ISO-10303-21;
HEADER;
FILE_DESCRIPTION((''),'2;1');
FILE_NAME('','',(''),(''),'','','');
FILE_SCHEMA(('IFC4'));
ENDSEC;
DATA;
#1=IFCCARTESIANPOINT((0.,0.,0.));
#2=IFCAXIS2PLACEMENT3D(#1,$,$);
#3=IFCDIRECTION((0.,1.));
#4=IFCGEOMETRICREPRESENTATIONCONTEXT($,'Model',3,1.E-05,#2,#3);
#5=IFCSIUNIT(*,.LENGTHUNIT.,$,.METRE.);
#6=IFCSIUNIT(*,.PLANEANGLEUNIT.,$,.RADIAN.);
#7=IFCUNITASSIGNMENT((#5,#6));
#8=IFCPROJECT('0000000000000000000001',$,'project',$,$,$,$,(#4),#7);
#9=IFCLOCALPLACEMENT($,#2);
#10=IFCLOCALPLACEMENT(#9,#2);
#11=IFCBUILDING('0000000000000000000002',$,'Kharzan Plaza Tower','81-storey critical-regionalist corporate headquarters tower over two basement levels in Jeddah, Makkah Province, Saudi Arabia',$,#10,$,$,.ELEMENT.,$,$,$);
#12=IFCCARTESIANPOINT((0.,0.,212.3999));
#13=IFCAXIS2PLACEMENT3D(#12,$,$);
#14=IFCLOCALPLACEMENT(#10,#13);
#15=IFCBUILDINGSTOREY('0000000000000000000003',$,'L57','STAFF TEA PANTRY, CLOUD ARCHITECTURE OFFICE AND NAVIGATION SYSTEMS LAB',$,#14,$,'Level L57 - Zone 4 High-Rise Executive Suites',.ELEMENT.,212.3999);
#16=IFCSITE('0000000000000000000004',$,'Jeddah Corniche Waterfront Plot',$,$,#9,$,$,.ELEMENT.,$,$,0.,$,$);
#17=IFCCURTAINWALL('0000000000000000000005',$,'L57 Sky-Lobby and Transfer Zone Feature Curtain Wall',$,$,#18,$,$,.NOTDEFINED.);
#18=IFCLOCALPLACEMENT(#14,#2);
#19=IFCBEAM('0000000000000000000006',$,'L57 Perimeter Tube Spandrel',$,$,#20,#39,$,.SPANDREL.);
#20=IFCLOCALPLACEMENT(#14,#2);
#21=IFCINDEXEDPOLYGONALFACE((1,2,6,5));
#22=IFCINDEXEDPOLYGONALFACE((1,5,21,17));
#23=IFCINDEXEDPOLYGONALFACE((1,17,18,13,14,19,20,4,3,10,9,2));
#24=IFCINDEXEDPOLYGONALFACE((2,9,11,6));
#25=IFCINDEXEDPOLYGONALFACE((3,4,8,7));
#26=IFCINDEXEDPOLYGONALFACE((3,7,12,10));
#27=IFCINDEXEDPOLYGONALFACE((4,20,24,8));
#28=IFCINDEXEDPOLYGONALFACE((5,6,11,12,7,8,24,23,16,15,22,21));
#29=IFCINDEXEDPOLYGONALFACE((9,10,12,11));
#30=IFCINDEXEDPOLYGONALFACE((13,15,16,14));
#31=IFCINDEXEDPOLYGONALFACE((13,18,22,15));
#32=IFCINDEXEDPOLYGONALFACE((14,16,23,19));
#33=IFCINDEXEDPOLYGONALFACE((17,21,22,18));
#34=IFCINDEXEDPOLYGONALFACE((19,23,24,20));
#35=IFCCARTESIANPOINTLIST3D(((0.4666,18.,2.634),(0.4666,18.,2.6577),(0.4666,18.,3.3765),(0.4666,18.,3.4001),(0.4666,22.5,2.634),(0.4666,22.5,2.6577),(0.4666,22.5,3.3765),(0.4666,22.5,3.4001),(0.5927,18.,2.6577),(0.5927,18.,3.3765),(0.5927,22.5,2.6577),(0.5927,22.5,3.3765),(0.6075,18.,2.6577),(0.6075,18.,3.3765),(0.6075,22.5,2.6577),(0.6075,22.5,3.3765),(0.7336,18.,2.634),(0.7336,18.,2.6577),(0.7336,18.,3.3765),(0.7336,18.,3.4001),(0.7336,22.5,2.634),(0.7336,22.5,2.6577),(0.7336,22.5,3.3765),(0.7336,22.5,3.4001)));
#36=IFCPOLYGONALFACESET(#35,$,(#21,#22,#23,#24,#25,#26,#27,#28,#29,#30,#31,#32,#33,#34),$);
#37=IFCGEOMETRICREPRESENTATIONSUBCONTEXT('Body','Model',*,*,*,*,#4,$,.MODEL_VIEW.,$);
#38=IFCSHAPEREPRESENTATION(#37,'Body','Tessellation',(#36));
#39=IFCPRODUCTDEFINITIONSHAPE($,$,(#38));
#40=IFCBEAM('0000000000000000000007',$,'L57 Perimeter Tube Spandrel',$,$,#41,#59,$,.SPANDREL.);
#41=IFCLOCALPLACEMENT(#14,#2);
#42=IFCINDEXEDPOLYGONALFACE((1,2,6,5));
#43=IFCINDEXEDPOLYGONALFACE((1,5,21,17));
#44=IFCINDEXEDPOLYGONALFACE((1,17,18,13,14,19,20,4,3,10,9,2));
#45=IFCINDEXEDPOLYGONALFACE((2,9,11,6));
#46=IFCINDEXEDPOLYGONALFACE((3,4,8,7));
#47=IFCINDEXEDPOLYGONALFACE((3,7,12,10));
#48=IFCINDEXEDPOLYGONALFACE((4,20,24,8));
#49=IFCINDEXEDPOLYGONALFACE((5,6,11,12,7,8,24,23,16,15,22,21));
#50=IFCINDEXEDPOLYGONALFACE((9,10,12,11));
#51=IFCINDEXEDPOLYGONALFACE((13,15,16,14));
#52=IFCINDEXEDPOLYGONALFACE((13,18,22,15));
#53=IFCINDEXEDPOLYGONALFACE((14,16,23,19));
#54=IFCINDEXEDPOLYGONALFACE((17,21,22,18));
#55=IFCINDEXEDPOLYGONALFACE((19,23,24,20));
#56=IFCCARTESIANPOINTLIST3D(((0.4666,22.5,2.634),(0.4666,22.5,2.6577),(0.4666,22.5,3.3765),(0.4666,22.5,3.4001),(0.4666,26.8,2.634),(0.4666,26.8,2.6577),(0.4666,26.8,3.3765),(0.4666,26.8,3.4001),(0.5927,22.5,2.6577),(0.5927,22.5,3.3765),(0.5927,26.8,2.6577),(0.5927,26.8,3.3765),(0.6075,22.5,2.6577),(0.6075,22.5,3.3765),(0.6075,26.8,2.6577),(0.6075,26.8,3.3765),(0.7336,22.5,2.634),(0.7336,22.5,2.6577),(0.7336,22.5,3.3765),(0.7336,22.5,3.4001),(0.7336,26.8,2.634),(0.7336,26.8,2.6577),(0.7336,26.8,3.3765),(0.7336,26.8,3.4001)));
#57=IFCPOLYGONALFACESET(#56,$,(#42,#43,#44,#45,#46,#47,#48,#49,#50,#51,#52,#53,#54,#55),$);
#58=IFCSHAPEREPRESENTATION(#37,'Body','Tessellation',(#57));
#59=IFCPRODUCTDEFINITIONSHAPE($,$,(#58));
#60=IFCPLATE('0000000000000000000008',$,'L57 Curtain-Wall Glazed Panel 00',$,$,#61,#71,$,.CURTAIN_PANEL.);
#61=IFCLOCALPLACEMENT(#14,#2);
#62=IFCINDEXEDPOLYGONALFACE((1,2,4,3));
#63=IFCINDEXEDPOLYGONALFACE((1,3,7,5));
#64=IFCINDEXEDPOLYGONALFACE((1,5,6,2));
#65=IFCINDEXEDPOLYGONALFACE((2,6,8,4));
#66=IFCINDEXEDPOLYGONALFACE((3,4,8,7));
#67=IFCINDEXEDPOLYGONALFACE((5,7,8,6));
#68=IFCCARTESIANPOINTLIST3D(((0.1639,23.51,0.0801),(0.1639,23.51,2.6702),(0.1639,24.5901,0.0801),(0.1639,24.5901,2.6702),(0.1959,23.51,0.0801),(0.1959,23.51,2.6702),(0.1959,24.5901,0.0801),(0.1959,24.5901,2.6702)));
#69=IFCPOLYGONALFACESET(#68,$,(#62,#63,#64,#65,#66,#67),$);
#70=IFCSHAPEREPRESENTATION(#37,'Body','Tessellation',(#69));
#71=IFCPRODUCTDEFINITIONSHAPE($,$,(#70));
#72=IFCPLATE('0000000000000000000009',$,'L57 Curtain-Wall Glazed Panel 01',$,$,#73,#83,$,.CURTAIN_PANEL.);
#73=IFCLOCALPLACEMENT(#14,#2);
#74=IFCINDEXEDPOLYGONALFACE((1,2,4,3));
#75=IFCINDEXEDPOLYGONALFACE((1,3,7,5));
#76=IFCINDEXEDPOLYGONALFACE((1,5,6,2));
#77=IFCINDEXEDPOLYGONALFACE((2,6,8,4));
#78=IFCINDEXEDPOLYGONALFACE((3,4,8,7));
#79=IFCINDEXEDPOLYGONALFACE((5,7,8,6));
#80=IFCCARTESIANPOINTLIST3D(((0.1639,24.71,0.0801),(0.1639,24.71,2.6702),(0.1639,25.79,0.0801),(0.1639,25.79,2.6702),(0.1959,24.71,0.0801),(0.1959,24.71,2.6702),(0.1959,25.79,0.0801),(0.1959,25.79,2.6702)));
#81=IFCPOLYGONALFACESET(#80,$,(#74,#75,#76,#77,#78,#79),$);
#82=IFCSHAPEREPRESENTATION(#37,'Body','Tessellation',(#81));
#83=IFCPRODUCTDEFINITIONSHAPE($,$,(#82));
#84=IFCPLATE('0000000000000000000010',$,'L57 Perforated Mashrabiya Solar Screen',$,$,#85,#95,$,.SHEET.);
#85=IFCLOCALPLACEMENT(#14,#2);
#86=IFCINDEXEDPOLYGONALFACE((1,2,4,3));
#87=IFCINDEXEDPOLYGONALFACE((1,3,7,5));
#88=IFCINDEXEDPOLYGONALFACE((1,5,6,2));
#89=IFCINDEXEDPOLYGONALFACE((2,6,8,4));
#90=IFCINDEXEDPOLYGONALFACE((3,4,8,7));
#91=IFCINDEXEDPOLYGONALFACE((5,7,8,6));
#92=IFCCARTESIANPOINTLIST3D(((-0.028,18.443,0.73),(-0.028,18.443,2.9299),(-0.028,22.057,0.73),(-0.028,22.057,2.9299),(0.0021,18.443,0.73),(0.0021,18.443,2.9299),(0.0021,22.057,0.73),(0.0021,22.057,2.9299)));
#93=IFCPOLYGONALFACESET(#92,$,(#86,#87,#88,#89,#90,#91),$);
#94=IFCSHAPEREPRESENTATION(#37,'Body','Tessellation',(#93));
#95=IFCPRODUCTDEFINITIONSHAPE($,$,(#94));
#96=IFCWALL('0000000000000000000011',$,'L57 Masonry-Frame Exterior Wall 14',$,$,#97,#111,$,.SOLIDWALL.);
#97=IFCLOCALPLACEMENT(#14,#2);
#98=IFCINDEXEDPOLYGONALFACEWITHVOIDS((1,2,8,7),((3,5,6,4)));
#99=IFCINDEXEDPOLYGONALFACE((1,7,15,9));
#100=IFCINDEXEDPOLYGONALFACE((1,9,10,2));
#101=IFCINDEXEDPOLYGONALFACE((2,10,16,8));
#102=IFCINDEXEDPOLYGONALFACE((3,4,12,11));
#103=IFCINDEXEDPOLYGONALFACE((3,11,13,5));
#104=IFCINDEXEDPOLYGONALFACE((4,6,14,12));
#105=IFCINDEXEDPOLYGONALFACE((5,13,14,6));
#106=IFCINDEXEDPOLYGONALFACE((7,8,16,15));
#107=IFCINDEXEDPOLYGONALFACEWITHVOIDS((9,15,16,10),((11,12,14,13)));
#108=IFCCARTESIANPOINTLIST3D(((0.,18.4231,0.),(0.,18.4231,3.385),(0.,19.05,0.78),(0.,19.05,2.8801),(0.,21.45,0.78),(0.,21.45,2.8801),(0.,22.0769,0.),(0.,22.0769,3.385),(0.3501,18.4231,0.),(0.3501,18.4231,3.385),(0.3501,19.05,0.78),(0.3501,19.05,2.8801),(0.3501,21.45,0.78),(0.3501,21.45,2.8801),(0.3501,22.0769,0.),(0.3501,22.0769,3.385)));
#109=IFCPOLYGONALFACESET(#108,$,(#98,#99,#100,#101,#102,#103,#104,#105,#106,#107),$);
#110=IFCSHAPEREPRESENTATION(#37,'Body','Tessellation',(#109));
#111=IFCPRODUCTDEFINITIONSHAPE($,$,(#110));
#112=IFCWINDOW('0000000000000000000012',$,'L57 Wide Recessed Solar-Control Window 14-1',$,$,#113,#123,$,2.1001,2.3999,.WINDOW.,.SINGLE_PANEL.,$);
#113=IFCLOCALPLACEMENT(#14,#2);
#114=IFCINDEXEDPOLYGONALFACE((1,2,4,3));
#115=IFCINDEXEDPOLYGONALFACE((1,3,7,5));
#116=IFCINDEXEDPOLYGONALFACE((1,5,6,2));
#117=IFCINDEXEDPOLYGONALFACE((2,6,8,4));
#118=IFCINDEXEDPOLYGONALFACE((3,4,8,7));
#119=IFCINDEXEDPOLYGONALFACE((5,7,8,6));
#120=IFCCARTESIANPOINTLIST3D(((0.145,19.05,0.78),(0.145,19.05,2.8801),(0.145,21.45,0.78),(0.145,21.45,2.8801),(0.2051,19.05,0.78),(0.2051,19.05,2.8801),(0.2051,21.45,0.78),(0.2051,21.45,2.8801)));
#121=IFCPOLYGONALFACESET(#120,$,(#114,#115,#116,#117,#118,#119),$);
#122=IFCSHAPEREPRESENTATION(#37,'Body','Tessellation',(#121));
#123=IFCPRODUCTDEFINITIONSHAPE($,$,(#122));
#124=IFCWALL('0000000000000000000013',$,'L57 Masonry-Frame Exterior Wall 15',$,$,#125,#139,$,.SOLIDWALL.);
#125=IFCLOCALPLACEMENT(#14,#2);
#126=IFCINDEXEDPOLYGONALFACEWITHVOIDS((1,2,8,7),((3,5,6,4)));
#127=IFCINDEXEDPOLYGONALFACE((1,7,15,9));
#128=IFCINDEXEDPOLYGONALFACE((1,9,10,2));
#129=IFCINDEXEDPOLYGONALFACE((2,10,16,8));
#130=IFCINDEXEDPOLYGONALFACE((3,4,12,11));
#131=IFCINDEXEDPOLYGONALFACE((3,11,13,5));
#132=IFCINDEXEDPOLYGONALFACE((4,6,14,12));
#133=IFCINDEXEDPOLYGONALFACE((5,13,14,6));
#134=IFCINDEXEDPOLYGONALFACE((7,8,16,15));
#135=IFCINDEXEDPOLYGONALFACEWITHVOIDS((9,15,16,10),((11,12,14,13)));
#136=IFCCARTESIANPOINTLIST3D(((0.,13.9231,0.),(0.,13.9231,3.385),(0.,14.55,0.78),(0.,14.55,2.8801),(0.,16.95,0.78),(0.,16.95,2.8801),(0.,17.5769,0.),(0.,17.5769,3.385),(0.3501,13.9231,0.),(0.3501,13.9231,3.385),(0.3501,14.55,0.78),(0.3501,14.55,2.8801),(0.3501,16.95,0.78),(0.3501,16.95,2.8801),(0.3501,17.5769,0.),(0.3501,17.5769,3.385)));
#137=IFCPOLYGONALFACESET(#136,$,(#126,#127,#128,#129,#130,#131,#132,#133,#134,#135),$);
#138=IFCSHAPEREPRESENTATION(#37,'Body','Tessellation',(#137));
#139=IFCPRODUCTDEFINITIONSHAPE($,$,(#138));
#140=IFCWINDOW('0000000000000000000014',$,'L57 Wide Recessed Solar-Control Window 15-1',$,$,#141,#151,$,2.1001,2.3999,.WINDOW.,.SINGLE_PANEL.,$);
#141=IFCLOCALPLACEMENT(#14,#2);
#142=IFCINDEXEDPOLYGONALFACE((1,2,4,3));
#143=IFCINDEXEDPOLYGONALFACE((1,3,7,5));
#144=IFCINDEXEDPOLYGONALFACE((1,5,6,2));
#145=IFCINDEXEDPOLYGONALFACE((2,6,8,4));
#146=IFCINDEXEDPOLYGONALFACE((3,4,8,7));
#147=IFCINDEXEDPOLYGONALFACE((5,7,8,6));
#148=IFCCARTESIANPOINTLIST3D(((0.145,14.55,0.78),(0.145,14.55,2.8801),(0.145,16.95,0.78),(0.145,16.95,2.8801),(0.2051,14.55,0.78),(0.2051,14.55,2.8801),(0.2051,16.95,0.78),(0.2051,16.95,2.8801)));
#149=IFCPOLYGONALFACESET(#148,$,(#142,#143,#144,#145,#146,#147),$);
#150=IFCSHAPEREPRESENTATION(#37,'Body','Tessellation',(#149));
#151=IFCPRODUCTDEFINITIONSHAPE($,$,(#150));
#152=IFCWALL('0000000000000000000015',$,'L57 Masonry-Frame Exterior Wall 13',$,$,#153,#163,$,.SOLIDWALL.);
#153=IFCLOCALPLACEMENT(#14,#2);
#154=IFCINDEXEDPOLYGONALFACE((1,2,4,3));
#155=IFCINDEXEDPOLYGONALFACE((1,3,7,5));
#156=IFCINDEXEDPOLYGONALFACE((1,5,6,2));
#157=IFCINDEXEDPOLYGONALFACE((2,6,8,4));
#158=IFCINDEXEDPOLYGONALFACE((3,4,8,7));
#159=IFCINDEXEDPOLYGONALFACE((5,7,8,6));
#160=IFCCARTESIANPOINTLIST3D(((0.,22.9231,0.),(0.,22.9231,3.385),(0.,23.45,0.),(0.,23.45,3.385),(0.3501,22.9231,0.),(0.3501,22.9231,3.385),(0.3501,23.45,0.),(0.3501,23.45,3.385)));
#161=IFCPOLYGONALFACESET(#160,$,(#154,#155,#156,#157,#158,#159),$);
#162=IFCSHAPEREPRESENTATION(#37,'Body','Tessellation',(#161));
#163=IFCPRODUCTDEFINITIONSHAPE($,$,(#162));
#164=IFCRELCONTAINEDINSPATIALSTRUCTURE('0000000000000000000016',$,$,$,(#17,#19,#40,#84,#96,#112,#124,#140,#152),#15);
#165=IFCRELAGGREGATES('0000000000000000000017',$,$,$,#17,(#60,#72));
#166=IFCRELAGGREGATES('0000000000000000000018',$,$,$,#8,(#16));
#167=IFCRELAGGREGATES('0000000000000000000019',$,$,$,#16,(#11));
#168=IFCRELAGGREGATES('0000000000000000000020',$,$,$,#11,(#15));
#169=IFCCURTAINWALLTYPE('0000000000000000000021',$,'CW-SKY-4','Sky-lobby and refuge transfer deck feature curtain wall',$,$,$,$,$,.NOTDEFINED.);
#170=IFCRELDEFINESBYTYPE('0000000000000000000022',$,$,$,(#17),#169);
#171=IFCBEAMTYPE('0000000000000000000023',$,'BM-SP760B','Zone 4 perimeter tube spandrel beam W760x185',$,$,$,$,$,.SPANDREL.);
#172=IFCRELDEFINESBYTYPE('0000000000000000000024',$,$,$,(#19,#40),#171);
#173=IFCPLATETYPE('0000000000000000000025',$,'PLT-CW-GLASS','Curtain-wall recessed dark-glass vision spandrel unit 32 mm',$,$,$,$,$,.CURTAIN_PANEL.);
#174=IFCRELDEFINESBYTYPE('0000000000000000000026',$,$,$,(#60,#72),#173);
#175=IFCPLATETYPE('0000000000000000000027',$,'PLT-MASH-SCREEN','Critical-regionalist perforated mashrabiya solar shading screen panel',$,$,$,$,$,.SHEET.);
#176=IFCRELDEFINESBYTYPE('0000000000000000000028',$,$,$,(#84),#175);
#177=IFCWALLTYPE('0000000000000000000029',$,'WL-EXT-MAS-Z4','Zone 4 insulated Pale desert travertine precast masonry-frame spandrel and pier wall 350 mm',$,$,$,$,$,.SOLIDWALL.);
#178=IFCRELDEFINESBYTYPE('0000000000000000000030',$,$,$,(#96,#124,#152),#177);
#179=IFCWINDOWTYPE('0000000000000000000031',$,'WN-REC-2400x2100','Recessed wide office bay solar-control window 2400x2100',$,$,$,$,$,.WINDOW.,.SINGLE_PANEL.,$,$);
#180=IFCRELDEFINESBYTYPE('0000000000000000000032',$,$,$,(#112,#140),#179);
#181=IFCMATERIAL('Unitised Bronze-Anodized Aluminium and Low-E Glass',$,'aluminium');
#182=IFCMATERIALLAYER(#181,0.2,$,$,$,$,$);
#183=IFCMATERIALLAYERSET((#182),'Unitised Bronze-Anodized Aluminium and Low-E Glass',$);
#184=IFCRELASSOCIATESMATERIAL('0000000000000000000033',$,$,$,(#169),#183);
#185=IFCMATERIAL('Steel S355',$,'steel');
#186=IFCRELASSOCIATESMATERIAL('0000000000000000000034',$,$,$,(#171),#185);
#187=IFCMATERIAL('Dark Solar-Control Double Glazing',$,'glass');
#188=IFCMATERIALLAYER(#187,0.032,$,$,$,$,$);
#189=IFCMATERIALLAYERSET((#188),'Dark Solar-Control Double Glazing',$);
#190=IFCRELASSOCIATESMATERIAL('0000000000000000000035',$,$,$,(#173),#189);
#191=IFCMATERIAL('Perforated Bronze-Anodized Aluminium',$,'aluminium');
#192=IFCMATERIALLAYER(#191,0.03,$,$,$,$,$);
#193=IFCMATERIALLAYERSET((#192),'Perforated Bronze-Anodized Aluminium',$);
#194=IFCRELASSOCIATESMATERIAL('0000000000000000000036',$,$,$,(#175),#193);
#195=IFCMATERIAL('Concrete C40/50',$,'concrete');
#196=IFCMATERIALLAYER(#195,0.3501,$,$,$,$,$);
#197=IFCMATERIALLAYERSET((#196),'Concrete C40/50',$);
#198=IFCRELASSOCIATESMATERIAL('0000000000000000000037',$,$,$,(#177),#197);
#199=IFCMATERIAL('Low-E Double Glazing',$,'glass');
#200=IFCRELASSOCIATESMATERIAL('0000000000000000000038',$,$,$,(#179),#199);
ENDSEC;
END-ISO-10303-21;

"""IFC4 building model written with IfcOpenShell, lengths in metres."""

from ifc_helpers import new_model, si_unit, direction, frame, frame_2d, origin, origin_2d, place, context, subcontext, project, spatial, rectangle, i_section, extrude, source, transform, mapped, material, layer, layer_set, material_profile, profile_set, type_object, element, fill, aggregate, save


model = new_model("IFC4")

# Units and contexts
model_context = context("Model", 3, precision=1e-05, world=origin(), true_north=direction((0.0, 1.0)))
body_context = subcontext(model_context, "Body", "Model", "MODEL_VIEW")
ifc_project = project(units=[si_unit("LENGTHUNIT", "METRE"), si_unit("PLANEANGLEUNIT", "RADIAN")], contexts=[model_context])

# Site, building, storey
site_placement = place(None, origin())
site = spatial("IfcSite", under=ifc_project, at=site_placement, Name="Jeddah Corniche Waterfront Plot", CompositionType="ELEMENT", RefElevation=0.0)
building_placement = place(site_placement, origin())
building = spatial("IfcBuilding", under=site, at=building_placement, Name="Kharzan Plaza Tower", Description="81-storey critical-regionalist corporate headquarters tower over two basement levels in Jeddah, Makkah Province, Saudi Arabia", CompositionType="ELEMENT")
storey_placement = place(building_placement, frame((0.0, 0.0, 212.3999)))
storey = spatial("IfcBuildingStorey", under=building, at=storey_placement, Name="L57", Description="STAFF TEA PANTRY, CLOUD ARCHITECTURE OFFICE AND NAVIGATION SYSTEMS LAB", LongName="Level L57 - Zone 4 High-Rise Executive Suites", CompositionType="ELEMENT", Elevation=212.3999)

# Shared definitions
ifc_material_1 = material(Name="Steel S355", Category="steel")

# Curtain wall
ifc_material_2 = material(Name="Unitised Bronze-Anodized Aluminium and Low-E Glass", Category="aluminium")
ifc_layer_1 = layer(ifc_material_2, 0.2)
ifc_layer_set_1 = layer_set([ifc_layer_1], Name="Unitised Bronze-Anodized Aluminium and Low-E Glass")
curtain_wall_type = type_object("IfcCurtainWallType", Name="CW-SKY-4", Description="Sky-lobby and refuge transfer deck feature curtain wall", PredefinedType="NOTDEFINED", material=ifc_layer_set_1)
curtain_wall_placement = place(storey_placement, origin())
curtain_wall = element("IfcCurtainWall", 1, at=curtain_wall_placement, inside=storey, type_object=curtain_wall_type, Name="L57 Sky-Lobby and Transfer Zone Feature Curtain Wall", PredefinedType="NOTDEFINED")

# Beams
ifc_material_profile_1 = material_profile(ifc_material_1, i_section(OverallWidth=0.2671, OverallDepth=0.7661, WebThickness=0.0149, FlangeThickness=0.0237, at=origin_2d()), Name="W760x185")
ifc_profile_set_1 = profile_set([ifc_material_profile_1], Name="Steel S355")
beam_type_1 = type_object("IfcBeamType", Name="BM-SP760B", Description="Zone 4 perimeter tube spandrel beam W760x185", PredefinedType="SPANDREL", material=ifc_profile_set_1)
shared_shape_1 = source(origin(), body_context, "Body", "SweptSolid", [
    extrude(i_section(OverallWidth=0.2671, OverallDepth=0.7661, WebThickness=0.0149, FlangeThickness=0.0237, at=origin_2d()), origin(), (0.0, 0.0, 1.0), 4.5),
])
beam_1_placement = place(storey_placement, frame((0.6001, 18.0, 3.0171), z_axis=(0.0, 1.0, 0.0), x_axis=(-1.0, 0.0, 0.0)))
element("IfcBeam", 2, at=beam_1_placement, inside=storey, type_object=beam_type_1, Name="L57 Perimeter Tube Spandrel", PredefinedType="SPANDREL", context=body_context, shape_type="MappedRepresentation", body=[
    mapped(shared_shape_1, transform((0.0, 0.0, 0.0), x_axis=(1.0, 0.0, 0.0), y_axis=(0.0, 1.0, 0.0), z_axis=(0.0, 0.0, 1.0))),
])
shared_shape_2 = source(origin(), body_context, "Body", "SweptSolid", [
    extrude(i_section(OverallWidth=0.2671, OverallDepth=0.7661, WebThickness=0.0149, FlangeThickness=0.0237, at=origin_2d()), origin(), (0.0, 0.0, 1.0), 4.3),
])
beam_2_placement = place(storey_placement, frame((0.6001, 22.5, 3.0171), z_axis=(0.0, 1.0, 0.0), x_axis=(-1.0, 0.0, 0.0)))
element("IfcBeam", 3, at=beam_2_placement, inside=storey, type_object=beam_type_1, Name="L57 Perimeter Tube Spandrel", PredefinedType="SPANDREL", context=body_context, shape_type="MappedRepresentation", body=[
    mapped(shared_shape_2, transform((0.0, 0.0, 0.0), x_axis=(1.0, 0.0, 0.0), y_axis=(0.0, 1.0, 0.0), z_axis=(0.0, 0.0, 1.0))),
])

# Plates
ifc_material_3 = material(Name="Dark Solar-Control Double Glazing", Category="glass")
ifc_layer_2 = layer(ifc_material_3, 0.032)
ifc_layer_set_2 = layer_set([ifc_layer_2], Name="Dark Solar-Control Double Glazing")
plate_type_1 = type_object("IfcPlateType", Name="PLT-CW-GLASS", Description="Curtain-wall recessed dark-glass vision spandrel unit 32 mm", PredefinedType="CURTAIN_PANEL", material=ifc_layer_set_2)
shared_shape_3 = source(origin(), body_context, "Body", "SweptSolid", [
    extrude(rectangle(XDim=1.0801, YDim=0.032, at=origin_2d()), origin(), (0.0, 0.0, 1.0), 2.5901),
])
plate_1_placement = place(storey_placement, frame((0.1799, 24.05, 0.0801), z_axis=(0.0, 0.0, 1.0), x_axis=(0.0, 1.0, 0.0)))
plate_1 = element("IfcPlate", 4, at=plate_1_placement, type_object=plate_type_1, Name="L57 Curtain-Wall Glazed Panel 00", PredefinedType="CURTAIN_PANEL", context=body_context, shape_type="MappedRepresentation", body=[
    mapped(shared_shape_3, transform((0.0, 0.0, 0.0), x_axis=(1.0, 0.0, 0.0), y_axis=(0.0, 1.0, 0.0), z_axis=(0.0, 0.0, 1.0))),
])
plate_2_placement = place(storey_placement, frame((0.1799, 25.25, 0.0801), z_axis=(0.0, 0.0, 1.0), x_axis=(0.0, 1.0, 0.0)))
plate_2 = element("IfcPlate", 5, at=plate_2_placement, type_object=plate_type_1, Name="L57 Curtain-Wall Glazed Panel 01", PredefinedType="CURTAIN_PANEL", context=body_context, shape_type="MappedRepresentation", body=[
    mapped(shared_shape_3, transform((0.0, 0.0, 0.0), x_axis=(1.0, 0.0, 0.0), y_axis=(0.0, 1.0, 0.0), z_axis=(0.0, 0.0, 1.0))),
])
aggregate(curtain_wall, [plate_1, plate_2])
ifc_material_4 = material(Name="Perforated Bronze-Anodized Aluminium", Category="aluminium")
ifc_layer_3 = layer(ifc_material_4, 0.03)
ifc_layer_set_3 = layer_set([ifc_layer_3], Name="Perforated Bronze-Anodized Aluminium")
plate_type_2 = type_object("IfcPlateType", Name="PLT-MASH-SCREEN", Description="Critical-regionalist perforated mashrabiya solar shading screen panel", PredefinedType="SHEET", material=ifc_layer_set_3)
shared_shape_4 = source(origin(), body_context, "Body", "SweptSolid", [
    extrude(rectangle(XDim=3.614, YDim=0.03, at=origin_2d()), origin(), (0.0, 0.0, 1.0), 2.2),
])
plate_3_placement = place(storey_placement, frame((-0.0129, 20.25, 0.73), z_axis=(0.0, 0.0, 1.0), x_axis=(0.0, -1.0, 0.0)))
element("IfcPlate", 6, at=plate_3_placement, inside=storey, type_object=plate_type_2, Name="L57 Perforated Mashrabiya Solar Screen", PredefinedType="SHEET", context=body_context, shape_type="MappedRepresentation", body=[
    mapped(shared_shape_4, transform((0.0, 0.0, 0.0), x_axis=(1.0, 0.0, 0.0), y_axis=(0.0, 1.0, 0.0), z_axis=(0.0, 0.0, 1.0))),
])

# Walls, openings, windows
ifc_material_5 = material(Name="Concrete C40/50", Category="concrete")
ifc_layer_4 = layer(ifc_material_5, 0.3501)
ifc_layer_set_4 = layer_set([ifc_layer_4], Name="Concrete C40/50")
wall_type = type_object("IfcWallType", Name="WL-EXT-MAS-Z4", Description="Zone 4 insulated Pale desert travertine precast masonry-frame spandrel and pier wall 350 mm", PredefinedType="SOLIDWALL", material=ifc_layer_set_4)
wall_1_placement = place(storey_placement, frame((0.175, 22.0769, 0.0), z_axis=(0.0, 0.0, 1.0), x_axis=(0.0, -1.0, 0.0)))
wall_1 = element("IfcWall", 7, at=wall_1_placement, inside=storey, type_object=wall_type, Name="L57 Masonry-Frame Exterior Wall 14", PredefinedType="SOLIDWALL", context=body_context, shape_type="SweptSolid", body=[
    extrude(rectangle(XDim=3.6538, YDim=0.3501, at=frame_2d((1.8269, 0.0))), origin(), (0.0, 0.0, 1.0), 3.385),
])
opening_1_placement = place(wall_1_placement, frame((0.627, 0.0, 0.78)))
opening_1 = element("IfcOpeningElement", 8, at=opening_1_placement, cuts=wall_1, PredefinedType="OPENING", context=body_context, shape_type="SweptSolid", body=[
    extrude(rectangle(XDim=2.3999, YDim=2.1001, at=frame_2d((1.2, 1.05))), frame((0.0, 0.1851, 0.0), z_axis=(0.0, -1.0, 0.0), x_axis=(1.0, 0.0, 0.0)), (0.0, 0.0, 1.0), 0.3701),
])
ifc_material_6 = material(Name="Low-E Double Glazing", Category="glass")
window_type = type_object("IfcWindowType", Name="WN-REC-2400x2100", Description="Recessed wide office bay solar-control window 2400x2100", PartitioningType="SINGLE_PANEL", PredefinedType="WINDOW", material=ifc_material_6)
shared_shape_5 = source(origin(), body_context, "Body", "SweptSolid", [
    extrude(rectangle(XDim=2.3999, YDim=2.1001, at=frame_2d((1.2, 1.05))), frame((0.0, 0.03, 0.0), z_axis=(0.0, -1.0, 0.0), x_axis=(1.0, 0.0, 0.0)), (0.0, 0.0, 1.0), 0.0601),
])
window_1_placement = place(opening_1_placement, origin())
window_1 = element("IfcWindow", 9, at=window_1_placement, inside=storey, type_object=window_type, Name="L57 Wide Recessed Solar-Control Window 14-1", OverallHeight=2.1001, OverallWidth=2.3999, PartitioningType="SINGLE_PANEL", PredefinedType="WINDOW", context=body_context, shape_type="MappedRepresentation", body=[
    mapped(shared_shape_5, transform((0.0, 0.0, 0.0), x_axis=(1.0, 0.0, 0.0), y_axis=(0.0, 1.0, 0.0), z_axis=(0.0, 0.0, 1.0))),
])
fill(opening_1, window_1)
wall_2_placement = place(storey_placement, frame((0.175, 17.5769, 0.0), z_axis=(0.0, 0.0, 1.0), x_axis=(0.0, -1.0, 0.0)))
wall_2 = element("IfcWall", 10, at=wall_2_placement, inside=storey, type_object=wall_type, Name="L57 Masonry-Frame Exterior Wall 15", PredefinedType="SOLIDWALL", context=body_context, shape_type="SweptSolid", body=[
    extrude(rectangle(XDim=3.6538, YDim=0.3501, at=frame_2d((1.8269, 0.0))), origin(), (0.0, 0.0, 1.0), 3.385),
])
opening_2_placement = place(wall_2_placement, frame((0.627, 0.0, 0.78)))
opening_2 = element("IfcOpeningElement", 11, at=opening_2_placement, cuts=wall_2, PredefinedType="OPENING", context=body_context, shape_type="SweptSolid", body=[
    extrude(rectangle(XDim=2.3999, YDim=2.1001, at=frame_2d((1.2, 1.05))), frame((0.0, 0.1851, 0.0), z_axis=(0.0, -1.0, 0.0), x_axis=(1.0, 0.0, 0.0)), (0.0, 0.0, 1.0), 0.3701),
])
window_2_placement = place(opening_2_placement, origin())
window_2 = element("IfcWindow", 12, at=window_2_placement, inside=storey, type_object=window_type, Name="L57 Wide Recessed Solar-Control Window 15-1", OverallHeight=2.1001, OverallWidth=2.3999, PartitioningType="SINGLE_PANEL", PredefinedType="WINDOW", context=body_context, shape_type="MappedRepresentation", body=[
    mapped(shared_shape_5, transform((0.0, 0.0, 0.0), x_axis=(1.0, 0.0, 0.0), y_axis=(0.0, 1.0, 0.0), z_axis=(0.0, 0.0, 1.0))),
])
fill(opening_2, window_2)

# Wall
shared_shape_6 = source(origin(), body_context, "Body", "SweptSolid", [
    extrude(rectangle(XDim=0.5269, YDim=0.3501, at=frame_2d((0.2634, 0.0))), origin(), (0.0, 0.0, 1.0), 3.385),
])
wall_3_placement = place(storey_placement, frame((0.175, 23.45, 0.0), z_axis=(0.0, 0.0, 1.0), x_axis=(0.0, -1.0, 0.0)))
element("IfcWall", 13, at=wall_3_placement, inside=storey, type_object=wall_type, Name="L57 Masonry-Frame Exterior Wall 13", PredefinedType="SOLIDWALL", context=body_context, shape_type="MappedRepresentation", body=[
    mapped(shared_shape_6, transform((0.0, 0.0, 0.0), x_axis=(1.0, 0.0, 0.0), y_axis=(0.0, 1.0, 0.0), z_axis=(0.0, 0.0, 1.0))),
])

save(model, "model.ifc")
